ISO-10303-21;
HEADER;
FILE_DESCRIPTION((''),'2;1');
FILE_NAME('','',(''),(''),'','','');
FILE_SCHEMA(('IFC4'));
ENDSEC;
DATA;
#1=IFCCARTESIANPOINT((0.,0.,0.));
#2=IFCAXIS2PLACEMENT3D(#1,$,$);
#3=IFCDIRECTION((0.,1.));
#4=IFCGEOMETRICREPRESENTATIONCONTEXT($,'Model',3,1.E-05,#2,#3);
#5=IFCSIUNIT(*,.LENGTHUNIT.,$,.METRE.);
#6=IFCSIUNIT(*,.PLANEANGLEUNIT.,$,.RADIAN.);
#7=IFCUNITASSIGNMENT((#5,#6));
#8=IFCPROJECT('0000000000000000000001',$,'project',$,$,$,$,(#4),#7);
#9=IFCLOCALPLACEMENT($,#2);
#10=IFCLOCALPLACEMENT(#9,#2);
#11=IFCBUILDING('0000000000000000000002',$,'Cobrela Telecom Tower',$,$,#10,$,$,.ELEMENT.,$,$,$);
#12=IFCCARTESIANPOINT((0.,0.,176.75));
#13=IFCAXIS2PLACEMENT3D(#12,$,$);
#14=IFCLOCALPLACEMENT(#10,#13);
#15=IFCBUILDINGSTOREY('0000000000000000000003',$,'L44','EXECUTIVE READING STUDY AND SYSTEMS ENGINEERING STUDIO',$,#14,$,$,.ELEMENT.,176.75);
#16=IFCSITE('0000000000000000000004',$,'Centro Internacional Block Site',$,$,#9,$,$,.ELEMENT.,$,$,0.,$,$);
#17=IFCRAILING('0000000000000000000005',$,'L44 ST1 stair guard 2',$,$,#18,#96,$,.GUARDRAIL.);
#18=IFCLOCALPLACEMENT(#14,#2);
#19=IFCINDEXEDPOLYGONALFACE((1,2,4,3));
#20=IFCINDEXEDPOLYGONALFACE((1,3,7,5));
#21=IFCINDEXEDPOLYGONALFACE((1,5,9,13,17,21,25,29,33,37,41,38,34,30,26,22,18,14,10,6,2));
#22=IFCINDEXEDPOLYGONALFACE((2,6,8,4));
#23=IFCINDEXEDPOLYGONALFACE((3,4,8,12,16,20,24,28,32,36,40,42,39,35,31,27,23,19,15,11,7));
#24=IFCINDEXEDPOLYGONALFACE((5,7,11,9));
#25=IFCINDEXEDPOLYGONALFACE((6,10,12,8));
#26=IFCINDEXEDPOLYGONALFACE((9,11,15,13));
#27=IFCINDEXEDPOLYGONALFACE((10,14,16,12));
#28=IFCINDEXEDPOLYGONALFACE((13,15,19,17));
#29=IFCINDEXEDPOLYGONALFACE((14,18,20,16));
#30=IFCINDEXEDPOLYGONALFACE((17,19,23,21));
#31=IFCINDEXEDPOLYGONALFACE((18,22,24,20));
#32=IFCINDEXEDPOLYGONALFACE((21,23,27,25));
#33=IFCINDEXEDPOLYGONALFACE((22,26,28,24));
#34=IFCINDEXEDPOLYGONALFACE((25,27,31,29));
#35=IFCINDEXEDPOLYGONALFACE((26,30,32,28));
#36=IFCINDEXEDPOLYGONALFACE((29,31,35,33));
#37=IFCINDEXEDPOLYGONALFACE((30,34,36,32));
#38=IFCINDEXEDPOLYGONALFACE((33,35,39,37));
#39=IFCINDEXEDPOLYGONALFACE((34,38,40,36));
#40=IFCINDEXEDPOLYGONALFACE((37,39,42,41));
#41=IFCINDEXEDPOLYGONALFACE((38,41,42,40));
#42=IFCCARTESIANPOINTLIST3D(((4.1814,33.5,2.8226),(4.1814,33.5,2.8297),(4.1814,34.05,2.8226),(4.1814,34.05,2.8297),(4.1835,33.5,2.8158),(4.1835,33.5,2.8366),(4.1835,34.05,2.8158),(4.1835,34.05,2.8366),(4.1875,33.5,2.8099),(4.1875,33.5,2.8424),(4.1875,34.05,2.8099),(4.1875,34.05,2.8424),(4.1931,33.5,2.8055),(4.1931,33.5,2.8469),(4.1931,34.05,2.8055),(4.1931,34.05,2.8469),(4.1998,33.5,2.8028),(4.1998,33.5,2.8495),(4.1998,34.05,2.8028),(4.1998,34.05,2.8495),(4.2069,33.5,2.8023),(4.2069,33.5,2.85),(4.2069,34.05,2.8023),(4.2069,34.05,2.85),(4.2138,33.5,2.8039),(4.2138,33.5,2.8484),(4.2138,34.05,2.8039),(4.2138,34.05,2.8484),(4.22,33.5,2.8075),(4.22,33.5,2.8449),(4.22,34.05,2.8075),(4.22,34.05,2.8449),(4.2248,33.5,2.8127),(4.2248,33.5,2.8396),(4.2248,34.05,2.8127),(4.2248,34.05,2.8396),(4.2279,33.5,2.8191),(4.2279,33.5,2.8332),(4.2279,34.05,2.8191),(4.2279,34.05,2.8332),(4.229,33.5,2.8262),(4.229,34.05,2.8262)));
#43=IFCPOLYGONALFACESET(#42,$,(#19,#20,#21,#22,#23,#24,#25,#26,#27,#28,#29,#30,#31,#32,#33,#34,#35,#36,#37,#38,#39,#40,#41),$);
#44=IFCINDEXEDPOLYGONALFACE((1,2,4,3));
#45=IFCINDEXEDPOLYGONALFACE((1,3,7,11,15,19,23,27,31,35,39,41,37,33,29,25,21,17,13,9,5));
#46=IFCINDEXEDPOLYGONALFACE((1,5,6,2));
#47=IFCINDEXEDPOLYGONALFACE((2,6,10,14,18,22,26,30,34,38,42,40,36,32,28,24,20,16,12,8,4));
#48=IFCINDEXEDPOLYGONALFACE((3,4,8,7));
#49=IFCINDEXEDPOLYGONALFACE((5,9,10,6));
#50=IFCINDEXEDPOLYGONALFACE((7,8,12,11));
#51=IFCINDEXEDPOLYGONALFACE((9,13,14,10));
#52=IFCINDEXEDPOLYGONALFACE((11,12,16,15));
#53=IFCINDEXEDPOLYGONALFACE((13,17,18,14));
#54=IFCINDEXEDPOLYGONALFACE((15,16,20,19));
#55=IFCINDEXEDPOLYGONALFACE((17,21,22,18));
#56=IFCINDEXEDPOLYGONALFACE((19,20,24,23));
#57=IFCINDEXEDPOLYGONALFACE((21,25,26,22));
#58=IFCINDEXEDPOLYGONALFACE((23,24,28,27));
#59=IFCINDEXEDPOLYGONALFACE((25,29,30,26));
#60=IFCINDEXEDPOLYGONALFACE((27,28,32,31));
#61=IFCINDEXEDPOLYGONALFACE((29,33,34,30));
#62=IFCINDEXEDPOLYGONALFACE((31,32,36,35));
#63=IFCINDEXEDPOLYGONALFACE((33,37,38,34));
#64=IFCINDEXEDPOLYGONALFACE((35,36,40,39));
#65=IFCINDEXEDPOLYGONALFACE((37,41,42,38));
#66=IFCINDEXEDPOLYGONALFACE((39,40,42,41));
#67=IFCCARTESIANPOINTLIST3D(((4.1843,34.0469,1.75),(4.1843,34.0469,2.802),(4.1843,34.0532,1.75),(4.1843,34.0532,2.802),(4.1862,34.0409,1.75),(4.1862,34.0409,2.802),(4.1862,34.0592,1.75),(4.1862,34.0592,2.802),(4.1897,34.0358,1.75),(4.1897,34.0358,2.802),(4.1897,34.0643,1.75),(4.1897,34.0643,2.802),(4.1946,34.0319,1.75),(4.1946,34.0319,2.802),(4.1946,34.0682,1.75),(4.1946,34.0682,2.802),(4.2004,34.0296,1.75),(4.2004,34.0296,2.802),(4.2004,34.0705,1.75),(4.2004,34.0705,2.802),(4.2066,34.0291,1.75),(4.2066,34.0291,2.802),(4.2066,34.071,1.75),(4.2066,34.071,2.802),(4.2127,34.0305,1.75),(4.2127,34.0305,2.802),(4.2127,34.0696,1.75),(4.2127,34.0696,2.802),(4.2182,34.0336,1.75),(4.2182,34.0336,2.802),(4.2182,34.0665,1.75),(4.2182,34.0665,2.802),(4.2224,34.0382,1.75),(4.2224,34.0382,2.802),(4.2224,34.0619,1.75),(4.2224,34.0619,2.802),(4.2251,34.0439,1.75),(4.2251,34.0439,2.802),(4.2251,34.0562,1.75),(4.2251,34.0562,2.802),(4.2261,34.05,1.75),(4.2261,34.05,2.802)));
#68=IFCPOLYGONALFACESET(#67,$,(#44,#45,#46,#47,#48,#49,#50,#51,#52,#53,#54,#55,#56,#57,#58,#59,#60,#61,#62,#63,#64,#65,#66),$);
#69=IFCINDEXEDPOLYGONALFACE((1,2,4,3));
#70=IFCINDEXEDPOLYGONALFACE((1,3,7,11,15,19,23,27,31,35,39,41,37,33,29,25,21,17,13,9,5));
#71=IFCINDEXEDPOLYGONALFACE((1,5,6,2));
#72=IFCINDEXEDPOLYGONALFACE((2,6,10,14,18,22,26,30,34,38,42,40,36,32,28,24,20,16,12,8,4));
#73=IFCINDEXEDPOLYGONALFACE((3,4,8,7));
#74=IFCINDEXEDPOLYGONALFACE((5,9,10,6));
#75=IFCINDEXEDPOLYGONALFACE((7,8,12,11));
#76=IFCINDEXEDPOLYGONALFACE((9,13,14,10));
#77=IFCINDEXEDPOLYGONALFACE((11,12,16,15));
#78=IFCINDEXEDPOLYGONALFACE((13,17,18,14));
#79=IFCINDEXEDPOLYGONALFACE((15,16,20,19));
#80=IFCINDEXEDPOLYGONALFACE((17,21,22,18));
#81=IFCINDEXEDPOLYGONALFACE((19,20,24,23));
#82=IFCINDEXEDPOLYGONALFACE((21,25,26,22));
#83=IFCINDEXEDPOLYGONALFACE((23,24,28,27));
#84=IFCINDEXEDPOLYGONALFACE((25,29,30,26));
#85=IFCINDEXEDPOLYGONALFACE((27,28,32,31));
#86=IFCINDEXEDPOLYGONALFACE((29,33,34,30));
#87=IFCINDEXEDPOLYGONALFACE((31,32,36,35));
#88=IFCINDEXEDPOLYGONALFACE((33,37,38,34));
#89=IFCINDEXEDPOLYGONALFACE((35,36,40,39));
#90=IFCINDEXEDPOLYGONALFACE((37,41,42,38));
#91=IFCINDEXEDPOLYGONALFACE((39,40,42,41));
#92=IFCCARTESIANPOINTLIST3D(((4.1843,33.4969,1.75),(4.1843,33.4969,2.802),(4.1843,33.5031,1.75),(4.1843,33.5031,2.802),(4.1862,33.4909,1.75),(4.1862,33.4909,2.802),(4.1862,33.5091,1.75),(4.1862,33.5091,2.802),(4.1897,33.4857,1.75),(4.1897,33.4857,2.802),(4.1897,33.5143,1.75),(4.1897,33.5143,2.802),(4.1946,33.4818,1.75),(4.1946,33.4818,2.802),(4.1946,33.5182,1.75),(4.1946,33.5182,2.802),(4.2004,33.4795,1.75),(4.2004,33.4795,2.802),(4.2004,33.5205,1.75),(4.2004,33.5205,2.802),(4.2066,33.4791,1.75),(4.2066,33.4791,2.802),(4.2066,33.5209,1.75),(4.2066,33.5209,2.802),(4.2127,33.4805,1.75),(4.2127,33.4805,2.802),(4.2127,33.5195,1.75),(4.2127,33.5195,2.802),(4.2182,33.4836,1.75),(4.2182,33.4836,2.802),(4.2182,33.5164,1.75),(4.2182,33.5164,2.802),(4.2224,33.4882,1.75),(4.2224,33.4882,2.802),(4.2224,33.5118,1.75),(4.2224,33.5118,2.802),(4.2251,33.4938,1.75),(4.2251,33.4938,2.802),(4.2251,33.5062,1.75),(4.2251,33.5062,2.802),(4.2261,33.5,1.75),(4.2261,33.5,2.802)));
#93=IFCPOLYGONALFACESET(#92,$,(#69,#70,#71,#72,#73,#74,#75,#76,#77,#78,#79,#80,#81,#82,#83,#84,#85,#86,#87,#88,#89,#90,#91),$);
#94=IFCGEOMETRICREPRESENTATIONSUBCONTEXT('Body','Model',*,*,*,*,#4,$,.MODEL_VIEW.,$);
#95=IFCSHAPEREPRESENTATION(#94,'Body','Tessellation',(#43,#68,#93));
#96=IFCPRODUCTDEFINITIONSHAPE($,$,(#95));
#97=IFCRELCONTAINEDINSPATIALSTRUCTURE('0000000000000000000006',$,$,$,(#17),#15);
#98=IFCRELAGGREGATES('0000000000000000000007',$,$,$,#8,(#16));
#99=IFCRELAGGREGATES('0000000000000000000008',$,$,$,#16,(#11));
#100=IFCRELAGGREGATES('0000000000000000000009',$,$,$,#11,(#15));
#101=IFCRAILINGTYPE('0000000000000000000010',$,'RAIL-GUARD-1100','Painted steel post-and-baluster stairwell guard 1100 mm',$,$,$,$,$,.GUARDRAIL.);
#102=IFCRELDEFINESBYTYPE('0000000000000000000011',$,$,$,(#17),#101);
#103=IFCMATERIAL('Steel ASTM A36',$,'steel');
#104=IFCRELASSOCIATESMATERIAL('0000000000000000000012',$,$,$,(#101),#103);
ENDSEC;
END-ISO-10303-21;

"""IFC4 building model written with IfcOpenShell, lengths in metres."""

from ifc_helpers import new_model, si_unit, direction, frame, origin, origin_2d, place, context, subcontext, project, spatial, circle, extrude, material, type_object, element, save


model = new_model("IFC4")

# Units and contexts
model_context = context("Model", 3, precision=1e-05, world=origin(), true_north=direction((0.0, 1.0)))
body_context = subcontext(model_context, "Body", "Model", "MODEL_VIEW")
ifc_project = project(units=[si_unit("LENGTHUNIT", "METRE"), si_unit("PLANEANGLEUNIT", "RADIAN")], contexts=[model_context])

# Site, building, storey
site_placement = place(None, origin())
site = spatial("IfcSite", under=ifc_project, at=site_placement, Name="Centro Internacional Block Site", CompositionType="ELEMENT", RefElevation=0.0)
building_placement = place(site_placement, origin())
building = spatial("IfcBuilding", under=site, at=building_placement, Name="Cobrela Telecom Tower", CompositionType="ELEMENT")
storey_placement = place(building_placement, frame((0.0, 0.0, 176.75)))
storey = spatial("IfcBuildingStorey", under=building, at=storey_placement, Name="L44", Description="EXECUTIVE READING STUDY AND SYSTEMS ENGINEERING STUDIO", CompositionType="ELEMENT", Elevation=176.75)

# Shared definitions
ifc_material_1 = material(Name="Steel ASTM A36", Category="steel")

# Railing
railing_type_1 = type_object("IfcRailingType", Name="RAIL-GUARD-1100", Description="Painted steel post-and-baluster stairwell guard 1100 mm", PredefinedType="GUARDRAIL", material=ifc_material_1)
railing_1_placement = place(storey_placement, frame((4.2051, 34.05, 1.75)))
element("IfcRailing", 1, at=railing_1_placement, inside=storey, type_object=railing_type_1, Name="L44 ST1 stair guard 2", PredefinedType="GUARDRAIL", context=body_context, shape_type="SweptSolid", body=[
    extrude(circle(Radius=0.0239, at=origin_2d()), frame((0.0, 0.0, 1.0762), z_axis=(0.0, -1.0, 0.0), x_axis=(1.0, 0.0, 0.0)), (0.0, 0.0, 1.0), 0.55),
    extrude(circle(Radius=0.021, at=origin_2d()), origin(), (0.0, 0.0, 1.0), 1.052),
    extrude(circle(Radius=0.021, at=origin_2d()), frame((0.0, -0.55, 0.0)), (0.0, 0.0, 1.0), 1.052),
])

save(model, "model.ifc")
